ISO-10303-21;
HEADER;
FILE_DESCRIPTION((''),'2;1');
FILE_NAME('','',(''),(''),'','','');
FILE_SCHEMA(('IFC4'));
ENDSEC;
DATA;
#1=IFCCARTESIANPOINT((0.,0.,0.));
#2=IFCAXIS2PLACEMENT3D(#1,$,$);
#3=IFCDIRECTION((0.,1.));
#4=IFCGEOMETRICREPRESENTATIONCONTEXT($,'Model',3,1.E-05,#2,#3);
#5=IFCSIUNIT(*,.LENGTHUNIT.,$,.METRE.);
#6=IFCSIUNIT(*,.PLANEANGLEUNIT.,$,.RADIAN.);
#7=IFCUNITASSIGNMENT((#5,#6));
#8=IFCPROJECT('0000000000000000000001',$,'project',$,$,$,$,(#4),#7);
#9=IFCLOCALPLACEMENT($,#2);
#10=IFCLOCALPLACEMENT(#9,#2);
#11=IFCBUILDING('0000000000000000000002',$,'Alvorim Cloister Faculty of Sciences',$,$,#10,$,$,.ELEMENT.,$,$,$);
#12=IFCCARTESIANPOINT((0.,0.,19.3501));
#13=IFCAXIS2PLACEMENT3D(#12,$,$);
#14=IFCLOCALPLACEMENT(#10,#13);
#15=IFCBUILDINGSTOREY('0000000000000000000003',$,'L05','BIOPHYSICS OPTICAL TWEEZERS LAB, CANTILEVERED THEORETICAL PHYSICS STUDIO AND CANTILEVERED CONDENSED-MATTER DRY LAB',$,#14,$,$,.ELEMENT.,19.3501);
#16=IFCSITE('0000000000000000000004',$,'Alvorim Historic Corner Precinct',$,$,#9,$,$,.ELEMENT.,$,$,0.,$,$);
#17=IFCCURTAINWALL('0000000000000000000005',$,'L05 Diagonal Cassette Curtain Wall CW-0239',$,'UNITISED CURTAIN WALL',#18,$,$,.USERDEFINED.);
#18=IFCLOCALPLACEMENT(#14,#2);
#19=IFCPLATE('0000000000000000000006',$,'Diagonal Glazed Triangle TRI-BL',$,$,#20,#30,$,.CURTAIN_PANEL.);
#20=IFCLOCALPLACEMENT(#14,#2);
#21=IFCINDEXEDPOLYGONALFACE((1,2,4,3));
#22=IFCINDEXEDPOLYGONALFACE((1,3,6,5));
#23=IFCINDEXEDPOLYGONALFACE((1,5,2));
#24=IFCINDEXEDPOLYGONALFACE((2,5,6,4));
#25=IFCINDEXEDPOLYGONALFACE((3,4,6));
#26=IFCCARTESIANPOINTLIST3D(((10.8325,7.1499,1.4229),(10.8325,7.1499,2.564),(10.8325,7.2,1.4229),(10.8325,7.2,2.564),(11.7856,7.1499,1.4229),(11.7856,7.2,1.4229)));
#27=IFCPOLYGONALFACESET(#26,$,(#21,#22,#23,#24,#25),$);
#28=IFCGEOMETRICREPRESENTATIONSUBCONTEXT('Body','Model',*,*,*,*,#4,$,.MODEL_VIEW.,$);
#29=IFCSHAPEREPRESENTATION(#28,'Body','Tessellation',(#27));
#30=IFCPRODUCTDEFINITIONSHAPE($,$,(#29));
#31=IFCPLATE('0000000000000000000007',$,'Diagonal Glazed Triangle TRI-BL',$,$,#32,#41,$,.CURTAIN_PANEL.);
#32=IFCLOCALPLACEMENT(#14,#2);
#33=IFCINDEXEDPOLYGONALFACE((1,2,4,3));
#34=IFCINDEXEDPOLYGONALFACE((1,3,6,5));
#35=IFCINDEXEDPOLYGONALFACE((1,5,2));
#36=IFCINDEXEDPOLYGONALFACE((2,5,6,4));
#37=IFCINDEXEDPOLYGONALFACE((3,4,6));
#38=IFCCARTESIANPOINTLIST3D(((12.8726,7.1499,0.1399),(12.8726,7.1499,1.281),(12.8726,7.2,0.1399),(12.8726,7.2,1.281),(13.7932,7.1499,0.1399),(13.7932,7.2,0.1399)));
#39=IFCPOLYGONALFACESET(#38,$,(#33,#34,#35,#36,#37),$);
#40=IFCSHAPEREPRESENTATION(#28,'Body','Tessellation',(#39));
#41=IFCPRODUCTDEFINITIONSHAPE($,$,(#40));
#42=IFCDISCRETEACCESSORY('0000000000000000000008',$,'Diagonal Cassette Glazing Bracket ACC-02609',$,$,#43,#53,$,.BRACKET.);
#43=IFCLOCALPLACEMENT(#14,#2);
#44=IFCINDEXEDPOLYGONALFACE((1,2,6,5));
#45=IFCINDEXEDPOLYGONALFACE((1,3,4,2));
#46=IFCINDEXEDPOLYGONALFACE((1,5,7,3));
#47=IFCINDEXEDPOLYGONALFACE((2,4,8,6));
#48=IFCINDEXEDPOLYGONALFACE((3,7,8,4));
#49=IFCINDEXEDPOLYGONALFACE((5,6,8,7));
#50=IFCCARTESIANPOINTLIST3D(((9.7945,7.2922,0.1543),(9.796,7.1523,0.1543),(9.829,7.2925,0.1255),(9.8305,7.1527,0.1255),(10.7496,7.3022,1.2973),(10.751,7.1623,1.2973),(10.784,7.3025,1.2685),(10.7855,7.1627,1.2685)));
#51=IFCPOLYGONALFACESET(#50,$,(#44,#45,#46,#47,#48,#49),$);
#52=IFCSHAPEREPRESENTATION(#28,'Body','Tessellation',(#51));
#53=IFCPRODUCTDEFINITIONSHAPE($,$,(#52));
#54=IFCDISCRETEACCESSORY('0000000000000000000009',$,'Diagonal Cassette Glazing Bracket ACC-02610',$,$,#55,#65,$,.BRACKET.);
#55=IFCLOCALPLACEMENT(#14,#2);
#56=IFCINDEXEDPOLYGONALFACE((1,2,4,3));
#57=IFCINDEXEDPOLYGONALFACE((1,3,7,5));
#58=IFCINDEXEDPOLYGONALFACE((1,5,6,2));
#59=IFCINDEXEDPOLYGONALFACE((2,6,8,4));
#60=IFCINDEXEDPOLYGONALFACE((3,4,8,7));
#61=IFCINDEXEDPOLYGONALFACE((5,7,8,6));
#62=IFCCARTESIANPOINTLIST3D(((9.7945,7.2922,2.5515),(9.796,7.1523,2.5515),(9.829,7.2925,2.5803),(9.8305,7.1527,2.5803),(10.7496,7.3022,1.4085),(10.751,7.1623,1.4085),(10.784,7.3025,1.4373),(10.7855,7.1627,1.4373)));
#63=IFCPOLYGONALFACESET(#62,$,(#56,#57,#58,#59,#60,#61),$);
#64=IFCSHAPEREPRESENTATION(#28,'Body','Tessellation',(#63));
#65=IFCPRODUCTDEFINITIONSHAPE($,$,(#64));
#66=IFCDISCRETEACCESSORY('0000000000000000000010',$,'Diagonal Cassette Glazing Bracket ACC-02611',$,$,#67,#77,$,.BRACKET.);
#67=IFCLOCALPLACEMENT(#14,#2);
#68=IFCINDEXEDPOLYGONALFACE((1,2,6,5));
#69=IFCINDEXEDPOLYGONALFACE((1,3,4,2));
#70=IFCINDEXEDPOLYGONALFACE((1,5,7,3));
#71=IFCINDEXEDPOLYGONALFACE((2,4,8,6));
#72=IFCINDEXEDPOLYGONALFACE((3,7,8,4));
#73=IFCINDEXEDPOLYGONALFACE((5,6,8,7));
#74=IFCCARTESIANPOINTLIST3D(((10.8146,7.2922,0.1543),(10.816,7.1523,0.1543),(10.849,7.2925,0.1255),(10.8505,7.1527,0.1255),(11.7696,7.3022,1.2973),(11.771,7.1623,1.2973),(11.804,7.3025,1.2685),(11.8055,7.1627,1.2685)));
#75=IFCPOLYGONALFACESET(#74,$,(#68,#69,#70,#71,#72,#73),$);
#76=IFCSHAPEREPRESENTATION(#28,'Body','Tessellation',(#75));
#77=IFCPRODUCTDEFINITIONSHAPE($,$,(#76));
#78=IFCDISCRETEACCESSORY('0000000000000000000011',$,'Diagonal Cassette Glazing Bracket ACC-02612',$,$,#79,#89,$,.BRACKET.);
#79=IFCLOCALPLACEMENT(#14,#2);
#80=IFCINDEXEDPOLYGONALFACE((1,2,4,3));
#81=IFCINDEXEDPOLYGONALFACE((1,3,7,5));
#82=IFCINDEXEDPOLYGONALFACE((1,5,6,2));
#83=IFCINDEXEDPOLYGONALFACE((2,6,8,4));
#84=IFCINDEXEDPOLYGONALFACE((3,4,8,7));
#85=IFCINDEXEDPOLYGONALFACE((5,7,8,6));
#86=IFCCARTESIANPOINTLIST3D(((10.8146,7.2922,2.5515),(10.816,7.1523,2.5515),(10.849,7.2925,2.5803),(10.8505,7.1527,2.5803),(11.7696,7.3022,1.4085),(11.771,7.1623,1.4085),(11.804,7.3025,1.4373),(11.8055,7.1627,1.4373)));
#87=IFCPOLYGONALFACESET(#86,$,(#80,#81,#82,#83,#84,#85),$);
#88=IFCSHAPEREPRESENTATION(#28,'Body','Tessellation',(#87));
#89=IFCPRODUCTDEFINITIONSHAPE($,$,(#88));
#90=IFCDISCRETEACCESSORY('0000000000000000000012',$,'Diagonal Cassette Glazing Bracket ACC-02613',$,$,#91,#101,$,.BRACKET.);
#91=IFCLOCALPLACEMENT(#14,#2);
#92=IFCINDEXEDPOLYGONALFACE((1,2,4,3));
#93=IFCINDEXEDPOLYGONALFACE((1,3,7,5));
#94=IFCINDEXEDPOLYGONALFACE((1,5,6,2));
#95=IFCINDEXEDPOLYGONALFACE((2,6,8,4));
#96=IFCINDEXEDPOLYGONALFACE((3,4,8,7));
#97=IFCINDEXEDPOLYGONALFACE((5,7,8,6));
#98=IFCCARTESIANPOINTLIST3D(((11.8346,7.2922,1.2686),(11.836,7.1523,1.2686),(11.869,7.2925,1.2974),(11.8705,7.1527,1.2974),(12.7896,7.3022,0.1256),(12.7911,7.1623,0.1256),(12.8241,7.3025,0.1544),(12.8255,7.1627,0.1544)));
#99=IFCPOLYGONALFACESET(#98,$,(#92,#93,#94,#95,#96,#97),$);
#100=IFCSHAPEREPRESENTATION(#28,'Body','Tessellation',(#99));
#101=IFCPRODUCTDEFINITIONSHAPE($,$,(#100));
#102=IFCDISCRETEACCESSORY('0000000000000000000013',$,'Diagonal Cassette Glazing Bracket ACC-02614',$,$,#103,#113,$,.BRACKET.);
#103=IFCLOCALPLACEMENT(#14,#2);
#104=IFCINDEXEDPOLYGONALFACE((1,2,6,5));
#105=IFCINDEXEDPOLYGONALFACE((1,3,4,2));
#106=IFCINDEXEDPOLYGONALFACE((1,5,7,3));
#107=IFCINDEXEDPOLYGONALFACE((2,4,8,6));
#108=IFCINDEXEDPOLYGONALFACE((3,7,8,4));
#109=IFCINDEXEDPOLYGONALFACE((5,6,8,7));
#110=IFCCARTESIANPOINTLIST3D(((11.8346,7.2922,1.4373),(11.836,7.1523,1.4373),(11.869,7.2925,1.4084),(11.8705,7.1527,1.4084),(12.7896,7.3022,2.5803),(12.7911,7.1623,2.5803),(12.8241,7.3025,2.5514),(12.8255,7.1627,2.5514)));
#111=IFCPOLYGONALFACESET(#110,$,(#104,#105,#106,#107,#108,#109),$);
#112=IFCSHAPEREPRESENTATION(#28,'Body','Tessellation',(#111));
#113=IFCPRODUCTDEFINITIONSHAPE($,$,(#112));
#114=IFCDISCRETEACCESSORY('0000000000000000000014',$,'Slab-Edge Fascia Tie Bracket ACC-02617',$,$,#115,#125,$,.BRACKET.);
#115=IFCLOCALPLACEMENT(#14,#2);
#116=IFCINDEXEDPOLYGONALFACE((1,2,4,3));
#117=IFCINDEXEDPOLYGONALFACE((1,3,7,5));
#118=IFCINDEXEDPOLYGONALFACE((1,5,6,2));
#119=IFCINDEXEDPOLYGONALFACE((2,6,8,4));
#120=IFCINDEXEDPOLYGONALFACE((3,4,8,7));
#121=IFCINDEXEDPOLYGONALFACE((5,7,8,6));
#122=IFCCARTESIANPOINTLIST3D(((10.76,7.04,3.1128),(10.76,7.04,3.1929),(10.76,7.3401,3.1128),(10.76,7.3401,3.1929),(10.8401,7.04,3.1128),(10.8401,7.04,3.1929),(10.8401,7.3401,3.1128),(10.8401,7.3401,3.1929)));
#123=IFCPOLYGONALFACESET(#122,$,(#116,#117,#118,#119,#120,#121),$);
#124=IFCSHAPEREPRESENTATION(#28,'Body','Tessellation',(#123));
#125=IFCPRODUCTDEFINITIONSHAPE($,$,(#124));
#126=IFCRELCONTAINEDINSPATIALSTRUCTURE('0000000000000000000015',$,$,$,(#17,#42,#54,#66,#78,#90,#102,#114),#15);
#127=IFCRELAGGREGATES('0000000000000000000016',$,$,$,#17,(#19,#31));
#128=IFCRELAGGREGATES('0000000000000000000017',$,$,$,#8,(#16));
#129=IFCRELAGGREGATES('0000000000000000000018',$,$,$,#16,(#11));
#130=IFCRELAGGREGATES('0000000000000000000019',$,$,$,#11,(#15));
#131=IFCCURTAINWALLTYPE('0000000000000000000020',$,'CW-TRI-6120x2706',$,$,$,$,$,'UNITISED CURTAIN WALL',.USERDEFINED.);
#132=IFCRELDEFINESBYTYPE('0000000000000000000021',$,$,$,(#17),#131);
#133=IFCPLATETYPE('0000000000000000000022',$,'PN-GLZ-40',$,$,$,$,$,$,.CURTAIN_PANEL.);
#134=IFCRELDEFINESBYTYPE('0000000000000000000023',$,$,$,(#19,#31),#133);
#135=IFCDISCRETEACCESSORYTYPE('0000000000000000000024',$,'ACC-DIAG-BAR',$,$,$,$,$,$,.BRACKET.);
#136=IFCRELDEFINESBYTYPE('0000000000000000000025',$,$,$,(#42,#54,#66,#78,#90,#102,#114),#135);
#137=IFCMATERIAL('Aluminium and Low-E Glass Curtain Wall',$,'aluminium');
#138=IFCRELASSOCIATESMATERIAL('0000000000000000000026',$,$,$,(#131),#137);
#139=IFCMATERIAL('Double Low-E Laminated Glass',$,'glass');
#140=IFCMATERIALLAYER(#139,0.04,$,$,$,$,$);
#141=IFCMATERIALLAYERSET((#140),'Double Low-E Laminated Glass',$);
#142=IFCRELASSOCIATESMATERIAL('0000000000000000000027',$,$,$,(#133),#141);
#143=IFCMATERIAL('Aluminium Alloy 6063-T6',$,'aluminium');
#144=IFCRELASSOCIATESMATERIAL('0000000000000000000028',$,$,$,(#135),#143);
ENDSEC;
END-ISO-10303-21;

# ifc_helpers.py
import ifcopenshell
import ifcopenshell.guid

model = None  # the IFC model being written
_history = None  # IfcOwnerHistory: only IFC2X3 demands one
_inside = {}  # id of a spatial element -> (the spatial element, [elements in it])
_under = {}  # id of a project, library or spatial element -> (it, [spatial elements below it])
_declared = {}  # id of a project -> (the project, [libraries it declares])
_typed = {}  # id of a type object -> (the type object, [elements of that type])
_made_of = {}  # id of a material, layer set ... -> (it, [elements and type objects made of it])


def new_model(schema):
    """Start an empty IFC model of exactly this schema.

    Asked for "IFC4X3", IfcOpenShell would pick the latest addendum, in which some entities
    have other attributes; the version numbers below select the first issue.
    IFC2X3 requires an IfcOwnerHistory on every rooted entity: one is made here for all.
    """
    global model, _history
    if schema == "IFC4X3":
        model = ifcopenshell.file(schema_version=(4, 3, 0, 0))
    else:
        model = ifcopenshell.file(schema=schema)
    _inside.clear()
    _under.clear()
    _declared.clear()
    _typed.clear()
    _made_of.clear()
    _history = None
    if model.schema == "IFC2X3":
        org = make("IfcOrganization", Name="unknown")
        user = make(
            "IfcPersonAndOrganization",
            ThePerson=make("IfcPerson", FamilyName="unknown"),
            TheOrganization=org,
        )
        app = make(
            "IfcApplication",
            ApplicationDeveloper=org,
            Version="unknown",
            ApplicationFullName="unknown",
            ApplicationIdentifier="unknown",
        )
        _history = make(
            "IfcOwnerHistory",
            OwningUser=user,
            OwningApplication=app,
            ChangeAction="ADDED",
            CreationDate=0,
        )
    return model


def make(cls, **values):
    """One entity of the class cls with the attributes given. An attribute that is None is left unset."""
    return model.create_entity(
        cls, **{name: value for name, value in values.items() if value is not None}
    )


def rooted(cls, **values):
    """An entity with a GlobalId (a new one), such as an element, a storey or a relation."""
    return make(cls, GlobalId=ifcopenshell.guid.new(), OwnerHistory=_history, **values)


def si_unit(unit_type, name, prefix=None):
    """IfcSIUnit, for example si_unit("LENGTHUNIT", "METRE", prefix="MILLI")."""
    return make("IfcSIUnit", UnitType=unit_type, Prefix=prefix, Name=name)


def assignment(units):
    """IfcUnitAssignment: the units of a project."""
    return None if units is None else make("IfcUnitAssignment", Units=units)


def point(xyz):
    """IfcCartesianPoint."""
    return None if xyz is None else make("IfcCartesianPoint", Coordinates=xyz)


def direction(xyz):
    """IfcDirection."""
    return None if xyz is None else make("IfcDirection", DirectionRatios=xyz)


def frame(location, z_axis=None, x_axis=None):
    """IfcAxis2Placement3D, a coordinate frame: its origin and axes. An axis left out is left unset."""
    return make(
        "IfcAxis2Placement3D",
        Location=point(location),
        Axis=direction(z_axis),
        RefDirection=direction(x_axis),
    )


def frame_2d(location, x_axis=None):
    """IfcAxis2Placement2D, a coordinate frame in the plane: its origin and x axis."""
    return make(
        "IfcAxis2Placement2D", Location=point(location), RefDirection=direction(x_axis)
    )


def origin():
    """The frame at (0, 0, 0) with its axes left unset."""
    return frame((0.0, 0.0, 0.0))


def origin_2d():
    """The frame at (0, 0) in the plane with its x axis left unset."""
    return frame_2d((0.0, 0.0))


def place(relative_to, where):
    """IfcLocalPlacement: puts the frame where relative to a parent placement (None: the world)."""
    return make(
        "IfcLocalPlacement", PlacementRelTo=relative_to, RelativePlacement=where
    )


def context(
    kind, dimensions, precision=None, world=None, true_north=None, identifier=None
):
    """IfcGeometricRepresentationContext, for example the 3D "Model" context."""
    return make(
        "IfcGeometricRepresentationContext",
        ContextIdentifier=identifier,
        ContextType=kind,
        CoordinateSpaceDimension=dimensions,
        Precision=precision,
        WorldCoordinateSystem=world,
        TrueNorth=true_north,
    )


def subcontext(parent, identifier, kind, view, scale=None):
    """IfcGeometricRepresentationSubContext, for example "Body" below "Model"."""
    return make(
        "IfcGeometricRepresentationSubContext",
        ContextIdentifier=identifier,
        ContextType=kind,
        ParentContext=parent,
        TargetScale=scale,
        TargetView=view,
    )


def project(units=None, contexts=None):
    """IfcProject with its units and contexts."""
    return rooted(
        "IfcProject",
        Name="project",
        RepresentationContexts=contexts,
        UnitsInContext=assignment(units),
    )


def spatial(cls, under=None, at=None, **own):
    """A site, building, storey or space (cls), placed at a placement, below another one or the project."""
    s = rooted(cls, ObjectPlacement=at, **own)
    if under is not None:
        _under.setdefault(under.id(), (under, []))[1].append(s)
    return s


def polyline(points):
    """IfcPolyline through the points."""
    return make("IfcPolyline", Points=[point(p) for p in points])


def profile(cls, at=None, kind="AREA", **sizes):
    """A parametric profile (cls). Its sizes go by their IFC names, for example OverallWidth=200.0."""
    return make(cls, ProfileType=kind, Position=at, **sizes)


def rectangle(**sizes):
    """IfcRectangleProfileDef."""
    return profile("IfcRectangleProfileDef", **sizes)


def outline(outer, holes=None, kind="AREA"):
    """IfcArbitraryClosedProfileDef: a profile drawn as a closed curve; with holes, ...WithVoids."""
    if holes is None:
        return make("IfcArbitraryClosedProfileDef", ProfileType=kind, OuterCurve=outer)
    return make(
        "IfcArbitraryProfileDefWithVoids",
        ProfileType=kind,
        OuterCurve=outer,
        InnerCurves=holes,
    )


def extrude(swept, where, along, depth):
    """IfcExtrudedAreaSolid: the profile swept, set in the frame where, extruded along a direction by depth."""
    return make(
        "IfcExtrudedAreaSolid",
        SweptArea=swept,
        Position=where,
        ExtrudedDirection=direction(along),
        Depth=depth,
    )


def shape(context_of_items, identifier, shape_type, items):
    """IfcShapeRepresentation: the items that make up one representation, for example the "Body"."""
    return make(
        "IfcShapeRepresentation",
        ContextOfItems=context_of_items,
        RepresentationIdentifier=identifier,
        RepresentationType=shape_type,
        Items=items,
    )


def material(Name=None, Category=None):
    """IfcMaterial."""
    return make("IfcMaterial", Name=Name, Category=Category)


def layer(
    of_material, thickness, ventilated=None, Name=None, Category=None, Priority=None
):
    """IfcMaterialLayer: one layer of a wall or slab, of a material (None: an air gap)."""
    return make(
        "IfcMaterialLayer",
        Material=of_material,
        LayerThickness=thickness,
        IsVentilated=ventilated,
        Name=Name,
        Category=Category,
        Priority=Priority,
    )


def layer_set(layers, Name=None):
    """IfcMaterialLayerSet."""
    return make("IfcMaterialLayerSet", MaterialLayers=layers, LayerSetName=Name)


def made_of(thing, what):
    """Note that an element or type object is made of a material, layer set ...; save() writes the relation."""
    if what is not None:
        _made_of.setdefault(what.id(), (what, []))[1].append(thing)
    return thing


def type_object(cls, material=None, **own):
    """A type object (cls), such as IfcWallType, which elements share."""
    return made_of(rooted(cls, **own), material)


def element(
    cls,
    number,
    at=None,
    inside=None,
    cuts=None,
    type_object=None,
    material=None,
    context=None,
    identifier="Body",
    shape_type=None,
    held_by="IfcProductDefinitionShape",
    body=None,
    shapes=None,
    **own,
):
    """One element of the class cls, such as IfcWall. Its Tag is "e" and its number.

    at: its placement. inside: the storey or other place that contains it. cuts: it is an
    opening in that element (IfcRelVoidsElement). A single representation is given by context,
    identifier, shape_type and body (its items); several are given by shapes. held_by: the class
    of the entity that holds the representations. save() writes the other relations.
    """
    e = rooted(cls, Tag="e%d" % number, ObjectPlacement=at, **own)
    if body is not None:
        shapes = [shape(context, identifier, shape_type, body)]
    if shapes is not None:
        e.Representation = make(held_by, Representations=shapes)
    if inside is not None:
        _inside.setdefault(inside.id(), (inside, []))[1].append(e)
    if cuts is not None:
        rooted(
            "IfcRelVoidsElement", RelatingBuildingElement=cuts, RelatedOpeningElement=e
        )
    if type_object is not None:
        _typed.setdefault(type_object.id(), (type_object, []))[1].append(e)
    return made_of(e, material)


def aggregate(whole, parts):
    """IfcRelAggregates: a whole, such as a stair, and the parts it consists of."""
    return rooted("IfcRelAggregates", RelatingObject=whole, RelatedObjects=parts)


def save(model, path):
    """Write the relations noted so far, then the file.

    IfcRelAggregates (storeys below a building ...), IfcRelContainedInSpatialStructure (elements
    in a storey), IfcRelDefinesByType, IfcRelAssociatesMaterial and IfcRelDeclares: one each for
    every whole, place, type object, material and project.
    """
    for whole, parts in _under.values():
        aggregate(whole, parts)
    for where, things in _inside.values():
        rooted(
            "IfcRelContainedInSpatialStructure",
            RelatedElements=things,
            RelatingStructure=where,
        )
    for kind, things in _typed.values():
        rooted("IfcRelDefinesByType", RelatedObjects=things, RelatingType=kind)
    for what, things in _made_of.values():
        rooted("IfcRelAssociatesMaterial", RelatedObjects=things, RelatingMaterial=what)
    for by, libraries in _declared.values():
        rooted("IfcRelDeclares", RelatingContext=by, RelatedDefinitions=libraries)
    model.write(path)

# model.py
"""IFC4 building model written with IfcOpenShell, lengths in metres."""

from ifc_helpers import new_model, si_unit, direction, frame, origin, origin_2d, place, context, subcontext, project, spatial, polyline, rectangle, outline, extrude, material, layer, layer_set, type_object, element, aggregate, save


model = new_model("IFC4")

# Units and contexts
model_context = context("Model", 3, precision=1e-05, world=origin(), true_north=direction((0.0, 1.0)))
body_context = subcontext(model_context, "Body", "Model", "MODEL_VIEW")
ifc_project = project(units=[si_unit("LENGTHUNIT", "METRE"), si_unit("PLANEANGLEUNIT", "RADIAN")], contexts=[model_context])

# Site, building, storey
site_placement = place(None, origin())
site = spatial("IfcSite", under=ifc_project, at=site_placement, Name="Alvorim Historic Corner Precinct", CompositionType="ELEMENT", RefElevation=0.0)
building_placement = place(site_placement, origin())
building = spatial("IfcBuilding", under=site, at=building_placement, Name="Alvorim Cloister Faculty of Sciences", CompositionType="ELEMENT")
storey_placement = place(building_placement, frame((0.0, 0.0, 19.3501)))
storey = spatial("IfcBuildingStorey", under=building, at=storey_placement, Name="L05", Description="BIOPHYSICS OPTICAL TWEEZERS LAB, CANTILEVERED THEORETICAL PHYSICS STUDIO AND CANTILEVERED CONDENSED-MATTER DRY LAB", CompositionType="ELEMENT", Elevation=19.3501)

# Curtain wall, plates
ifc_material_1 = material(Name="Aluminium and Low-E Glass Curtain Wall", Category="aluminium")
curtain_wall_type = type_object("IfcCurtainWallType", Name="CW-TRI-6120x2706", ElementType="UNITISED CURTAIN WALL", PredefinedType="USERDEFINED", material=ifc_material_1)
curtain_wall_placement = place(storey_placement, origin())
curtain_wall = element("IfcCurtainWall", 1, at=curtain_wall_placement, inside=storey, type_object=curtain_wall_type, Name="L05 Diagonal Cassette Curtain Wall CW-0239", ObjectType="UNITISED CURTAIN WALL", PredefinedType="USERDEFINED")
ifc_material_2 = material(Name="Aluminium Alloy 6063-T6", Category="aluminium")
ifc_material_3 = material(Name="Double Low-E Laminated Glass", Category="glass")
ifc_layer = layer(ifc_material_3, 0.04)
ifc_layer_set = layer_set([ifc_layer], Name="Double Low-E Laminated Glass")
plate_type = type_object("IfcPlateType", Name="PN-GLZ-40", PredefinedType="CURTAIN_PANEL", material=ifc_layer_set)
plate_1_placement = place(storey_placement, frame((10.8325, 7.175, 1.4229), z_axis=(0.0, 0.0, 1.0), x_axis=(1.0, 0.0, 0.0)))
plate_1 = element("IfcPlate", 2, at=plate_1_placement, type_object=plate_type, Name="Diagonal Glazed Triangle TRI-BL", PredefinedType="CURTAIN_PANEL", context=body_context, shape_type="SweptSolid", body=[
    extrude(outline(polyline([(0.0, 0.0), (0.9531, 0.0), (0.0, 1.1411), (0.0, 0.0)])), frame((0.0, 0.0249, 0.0), z_axis=(0.0, -1.0, 0.0), x_axis=(1.0, 0.0, 0.0)), (0.0, 0.0, 1.0), 0.05),
])
plate_2_placement = place(storey_placement, frame((12.8726, 7.175, 0.1399), z_axis=(0.0, 0.0, 1.0), x_axis=(1.0, 0.0, 0.0)))
plate_2 = element("IfcPlate", 3, at=plate_2_placement, type_object=plate_type, Name="Diagonal Glazed Triangle TRI-BL", PredefinedType="CURTAIN_PANEL", context=body_context, shape_type="SweptSolid", body=[
    extrude(outline(polyline([(0.0, 0.0), (0.9207, 0.0), (0.0, 1.1411), (0.0, 0.0)])), frame((0.0, 0.0249, 0.0), z_axis=(0.0, -1.0, 0.0), x_axis=(1.0, 0.0, 0.0)), (0.0, 0.0, 1.0), 0.05),
])
aggregate(curtain_wall, [plate_1, plate_2])

# Discrete accessories
discrete_accessory_type = type_object("IfcDiscreteAccessoryType", Name="ACC-DIAG-BAR", PredefinedType="BRACKET", material=ifc_material_2)
for number, where, z_axis, x_axis, name in (
    (4, (9.8125, 7.2224, 0.1399), (0.641169, 0.00672, 0.76737), (-0.01048, 0.999945, 0.0), "Diagonal Cassette Glazing Bracket ACC-02609"),
    (5, (9.8125, 7.2224, 2.5659), (0.641169, 0.00672, -0.76737), (-0.01048, 0.999945, 0.0), "Diagonal Cassette Glazing Bracket ACC-02610"),
    (6, (10.8325, 7.2224, 0.1399), (0.641169, 0.00672, 0.76737), (-0.01048, 0.999945, 0.0), "Diagonal Cassette Glazing Bracket ACC-02611"),
    (7, (10.8325, 7.2224, 2.5659), (0.641169, 0.00672, -0.76737), (-0.01048, 0.999945, 0.0), "Diagonal Cassette Glazing Bracket ACC-02612"),
    (8, (11.8525, 7.2224, 1.283), (0.641169, 0.00672, -0.76737), (-0.01048, 0.999945, 0.0), "Diagonal Cassette Glazing Bracket ACC-02613"),
    (9, (11.8525, 7.2224, 1.4229), (0.641169, 0.00672, 0.76737), (-0.01048, 0.999945, 0.0), "Diagonal Cassette Glazing Bracket ACC-02614"),
):
    element("IfcDiscreteAccessory", number, at=place(storey_placement, frame(where, z_axis=z_axis, x_axis=x_axis)), inside=storey, type_object=discrete_accessory_type, Name=name, PredefinedType="BRACKET", context=body_context, shape_type="SweptSolid", body=[
        extrude(rectangle(XDim=0.1399, YDim=0.0449, at=origin_2d()), origin(), (0.0, 0.0, 1.0), 1.4895),
    ])
discrete_accessory_placement = place(storey_placement, frame((10.8, 7.3401, 3.1528), z_axis=(0.0, -1.0, 0.0), x_axis=(1.0, 0.0, 0.0)))
element("IfcDiscreteAccessory", 10, at=discrete_accessory_placement, inside=storey, type_object=discrete_accessory_type, Name="Slab-Edge Fascia Tie Bracket ACC-02617", PredefinedType="BRACKET", context=body_context, shape_type="SweptSolid", body=[
    extrude(rectangle(XDim=0.0801, YDim=0.0801, at=origin_2d()), origin(), (0.0, 0.0, 1.0), 0.3),
])

save(model, "model.ifc")
